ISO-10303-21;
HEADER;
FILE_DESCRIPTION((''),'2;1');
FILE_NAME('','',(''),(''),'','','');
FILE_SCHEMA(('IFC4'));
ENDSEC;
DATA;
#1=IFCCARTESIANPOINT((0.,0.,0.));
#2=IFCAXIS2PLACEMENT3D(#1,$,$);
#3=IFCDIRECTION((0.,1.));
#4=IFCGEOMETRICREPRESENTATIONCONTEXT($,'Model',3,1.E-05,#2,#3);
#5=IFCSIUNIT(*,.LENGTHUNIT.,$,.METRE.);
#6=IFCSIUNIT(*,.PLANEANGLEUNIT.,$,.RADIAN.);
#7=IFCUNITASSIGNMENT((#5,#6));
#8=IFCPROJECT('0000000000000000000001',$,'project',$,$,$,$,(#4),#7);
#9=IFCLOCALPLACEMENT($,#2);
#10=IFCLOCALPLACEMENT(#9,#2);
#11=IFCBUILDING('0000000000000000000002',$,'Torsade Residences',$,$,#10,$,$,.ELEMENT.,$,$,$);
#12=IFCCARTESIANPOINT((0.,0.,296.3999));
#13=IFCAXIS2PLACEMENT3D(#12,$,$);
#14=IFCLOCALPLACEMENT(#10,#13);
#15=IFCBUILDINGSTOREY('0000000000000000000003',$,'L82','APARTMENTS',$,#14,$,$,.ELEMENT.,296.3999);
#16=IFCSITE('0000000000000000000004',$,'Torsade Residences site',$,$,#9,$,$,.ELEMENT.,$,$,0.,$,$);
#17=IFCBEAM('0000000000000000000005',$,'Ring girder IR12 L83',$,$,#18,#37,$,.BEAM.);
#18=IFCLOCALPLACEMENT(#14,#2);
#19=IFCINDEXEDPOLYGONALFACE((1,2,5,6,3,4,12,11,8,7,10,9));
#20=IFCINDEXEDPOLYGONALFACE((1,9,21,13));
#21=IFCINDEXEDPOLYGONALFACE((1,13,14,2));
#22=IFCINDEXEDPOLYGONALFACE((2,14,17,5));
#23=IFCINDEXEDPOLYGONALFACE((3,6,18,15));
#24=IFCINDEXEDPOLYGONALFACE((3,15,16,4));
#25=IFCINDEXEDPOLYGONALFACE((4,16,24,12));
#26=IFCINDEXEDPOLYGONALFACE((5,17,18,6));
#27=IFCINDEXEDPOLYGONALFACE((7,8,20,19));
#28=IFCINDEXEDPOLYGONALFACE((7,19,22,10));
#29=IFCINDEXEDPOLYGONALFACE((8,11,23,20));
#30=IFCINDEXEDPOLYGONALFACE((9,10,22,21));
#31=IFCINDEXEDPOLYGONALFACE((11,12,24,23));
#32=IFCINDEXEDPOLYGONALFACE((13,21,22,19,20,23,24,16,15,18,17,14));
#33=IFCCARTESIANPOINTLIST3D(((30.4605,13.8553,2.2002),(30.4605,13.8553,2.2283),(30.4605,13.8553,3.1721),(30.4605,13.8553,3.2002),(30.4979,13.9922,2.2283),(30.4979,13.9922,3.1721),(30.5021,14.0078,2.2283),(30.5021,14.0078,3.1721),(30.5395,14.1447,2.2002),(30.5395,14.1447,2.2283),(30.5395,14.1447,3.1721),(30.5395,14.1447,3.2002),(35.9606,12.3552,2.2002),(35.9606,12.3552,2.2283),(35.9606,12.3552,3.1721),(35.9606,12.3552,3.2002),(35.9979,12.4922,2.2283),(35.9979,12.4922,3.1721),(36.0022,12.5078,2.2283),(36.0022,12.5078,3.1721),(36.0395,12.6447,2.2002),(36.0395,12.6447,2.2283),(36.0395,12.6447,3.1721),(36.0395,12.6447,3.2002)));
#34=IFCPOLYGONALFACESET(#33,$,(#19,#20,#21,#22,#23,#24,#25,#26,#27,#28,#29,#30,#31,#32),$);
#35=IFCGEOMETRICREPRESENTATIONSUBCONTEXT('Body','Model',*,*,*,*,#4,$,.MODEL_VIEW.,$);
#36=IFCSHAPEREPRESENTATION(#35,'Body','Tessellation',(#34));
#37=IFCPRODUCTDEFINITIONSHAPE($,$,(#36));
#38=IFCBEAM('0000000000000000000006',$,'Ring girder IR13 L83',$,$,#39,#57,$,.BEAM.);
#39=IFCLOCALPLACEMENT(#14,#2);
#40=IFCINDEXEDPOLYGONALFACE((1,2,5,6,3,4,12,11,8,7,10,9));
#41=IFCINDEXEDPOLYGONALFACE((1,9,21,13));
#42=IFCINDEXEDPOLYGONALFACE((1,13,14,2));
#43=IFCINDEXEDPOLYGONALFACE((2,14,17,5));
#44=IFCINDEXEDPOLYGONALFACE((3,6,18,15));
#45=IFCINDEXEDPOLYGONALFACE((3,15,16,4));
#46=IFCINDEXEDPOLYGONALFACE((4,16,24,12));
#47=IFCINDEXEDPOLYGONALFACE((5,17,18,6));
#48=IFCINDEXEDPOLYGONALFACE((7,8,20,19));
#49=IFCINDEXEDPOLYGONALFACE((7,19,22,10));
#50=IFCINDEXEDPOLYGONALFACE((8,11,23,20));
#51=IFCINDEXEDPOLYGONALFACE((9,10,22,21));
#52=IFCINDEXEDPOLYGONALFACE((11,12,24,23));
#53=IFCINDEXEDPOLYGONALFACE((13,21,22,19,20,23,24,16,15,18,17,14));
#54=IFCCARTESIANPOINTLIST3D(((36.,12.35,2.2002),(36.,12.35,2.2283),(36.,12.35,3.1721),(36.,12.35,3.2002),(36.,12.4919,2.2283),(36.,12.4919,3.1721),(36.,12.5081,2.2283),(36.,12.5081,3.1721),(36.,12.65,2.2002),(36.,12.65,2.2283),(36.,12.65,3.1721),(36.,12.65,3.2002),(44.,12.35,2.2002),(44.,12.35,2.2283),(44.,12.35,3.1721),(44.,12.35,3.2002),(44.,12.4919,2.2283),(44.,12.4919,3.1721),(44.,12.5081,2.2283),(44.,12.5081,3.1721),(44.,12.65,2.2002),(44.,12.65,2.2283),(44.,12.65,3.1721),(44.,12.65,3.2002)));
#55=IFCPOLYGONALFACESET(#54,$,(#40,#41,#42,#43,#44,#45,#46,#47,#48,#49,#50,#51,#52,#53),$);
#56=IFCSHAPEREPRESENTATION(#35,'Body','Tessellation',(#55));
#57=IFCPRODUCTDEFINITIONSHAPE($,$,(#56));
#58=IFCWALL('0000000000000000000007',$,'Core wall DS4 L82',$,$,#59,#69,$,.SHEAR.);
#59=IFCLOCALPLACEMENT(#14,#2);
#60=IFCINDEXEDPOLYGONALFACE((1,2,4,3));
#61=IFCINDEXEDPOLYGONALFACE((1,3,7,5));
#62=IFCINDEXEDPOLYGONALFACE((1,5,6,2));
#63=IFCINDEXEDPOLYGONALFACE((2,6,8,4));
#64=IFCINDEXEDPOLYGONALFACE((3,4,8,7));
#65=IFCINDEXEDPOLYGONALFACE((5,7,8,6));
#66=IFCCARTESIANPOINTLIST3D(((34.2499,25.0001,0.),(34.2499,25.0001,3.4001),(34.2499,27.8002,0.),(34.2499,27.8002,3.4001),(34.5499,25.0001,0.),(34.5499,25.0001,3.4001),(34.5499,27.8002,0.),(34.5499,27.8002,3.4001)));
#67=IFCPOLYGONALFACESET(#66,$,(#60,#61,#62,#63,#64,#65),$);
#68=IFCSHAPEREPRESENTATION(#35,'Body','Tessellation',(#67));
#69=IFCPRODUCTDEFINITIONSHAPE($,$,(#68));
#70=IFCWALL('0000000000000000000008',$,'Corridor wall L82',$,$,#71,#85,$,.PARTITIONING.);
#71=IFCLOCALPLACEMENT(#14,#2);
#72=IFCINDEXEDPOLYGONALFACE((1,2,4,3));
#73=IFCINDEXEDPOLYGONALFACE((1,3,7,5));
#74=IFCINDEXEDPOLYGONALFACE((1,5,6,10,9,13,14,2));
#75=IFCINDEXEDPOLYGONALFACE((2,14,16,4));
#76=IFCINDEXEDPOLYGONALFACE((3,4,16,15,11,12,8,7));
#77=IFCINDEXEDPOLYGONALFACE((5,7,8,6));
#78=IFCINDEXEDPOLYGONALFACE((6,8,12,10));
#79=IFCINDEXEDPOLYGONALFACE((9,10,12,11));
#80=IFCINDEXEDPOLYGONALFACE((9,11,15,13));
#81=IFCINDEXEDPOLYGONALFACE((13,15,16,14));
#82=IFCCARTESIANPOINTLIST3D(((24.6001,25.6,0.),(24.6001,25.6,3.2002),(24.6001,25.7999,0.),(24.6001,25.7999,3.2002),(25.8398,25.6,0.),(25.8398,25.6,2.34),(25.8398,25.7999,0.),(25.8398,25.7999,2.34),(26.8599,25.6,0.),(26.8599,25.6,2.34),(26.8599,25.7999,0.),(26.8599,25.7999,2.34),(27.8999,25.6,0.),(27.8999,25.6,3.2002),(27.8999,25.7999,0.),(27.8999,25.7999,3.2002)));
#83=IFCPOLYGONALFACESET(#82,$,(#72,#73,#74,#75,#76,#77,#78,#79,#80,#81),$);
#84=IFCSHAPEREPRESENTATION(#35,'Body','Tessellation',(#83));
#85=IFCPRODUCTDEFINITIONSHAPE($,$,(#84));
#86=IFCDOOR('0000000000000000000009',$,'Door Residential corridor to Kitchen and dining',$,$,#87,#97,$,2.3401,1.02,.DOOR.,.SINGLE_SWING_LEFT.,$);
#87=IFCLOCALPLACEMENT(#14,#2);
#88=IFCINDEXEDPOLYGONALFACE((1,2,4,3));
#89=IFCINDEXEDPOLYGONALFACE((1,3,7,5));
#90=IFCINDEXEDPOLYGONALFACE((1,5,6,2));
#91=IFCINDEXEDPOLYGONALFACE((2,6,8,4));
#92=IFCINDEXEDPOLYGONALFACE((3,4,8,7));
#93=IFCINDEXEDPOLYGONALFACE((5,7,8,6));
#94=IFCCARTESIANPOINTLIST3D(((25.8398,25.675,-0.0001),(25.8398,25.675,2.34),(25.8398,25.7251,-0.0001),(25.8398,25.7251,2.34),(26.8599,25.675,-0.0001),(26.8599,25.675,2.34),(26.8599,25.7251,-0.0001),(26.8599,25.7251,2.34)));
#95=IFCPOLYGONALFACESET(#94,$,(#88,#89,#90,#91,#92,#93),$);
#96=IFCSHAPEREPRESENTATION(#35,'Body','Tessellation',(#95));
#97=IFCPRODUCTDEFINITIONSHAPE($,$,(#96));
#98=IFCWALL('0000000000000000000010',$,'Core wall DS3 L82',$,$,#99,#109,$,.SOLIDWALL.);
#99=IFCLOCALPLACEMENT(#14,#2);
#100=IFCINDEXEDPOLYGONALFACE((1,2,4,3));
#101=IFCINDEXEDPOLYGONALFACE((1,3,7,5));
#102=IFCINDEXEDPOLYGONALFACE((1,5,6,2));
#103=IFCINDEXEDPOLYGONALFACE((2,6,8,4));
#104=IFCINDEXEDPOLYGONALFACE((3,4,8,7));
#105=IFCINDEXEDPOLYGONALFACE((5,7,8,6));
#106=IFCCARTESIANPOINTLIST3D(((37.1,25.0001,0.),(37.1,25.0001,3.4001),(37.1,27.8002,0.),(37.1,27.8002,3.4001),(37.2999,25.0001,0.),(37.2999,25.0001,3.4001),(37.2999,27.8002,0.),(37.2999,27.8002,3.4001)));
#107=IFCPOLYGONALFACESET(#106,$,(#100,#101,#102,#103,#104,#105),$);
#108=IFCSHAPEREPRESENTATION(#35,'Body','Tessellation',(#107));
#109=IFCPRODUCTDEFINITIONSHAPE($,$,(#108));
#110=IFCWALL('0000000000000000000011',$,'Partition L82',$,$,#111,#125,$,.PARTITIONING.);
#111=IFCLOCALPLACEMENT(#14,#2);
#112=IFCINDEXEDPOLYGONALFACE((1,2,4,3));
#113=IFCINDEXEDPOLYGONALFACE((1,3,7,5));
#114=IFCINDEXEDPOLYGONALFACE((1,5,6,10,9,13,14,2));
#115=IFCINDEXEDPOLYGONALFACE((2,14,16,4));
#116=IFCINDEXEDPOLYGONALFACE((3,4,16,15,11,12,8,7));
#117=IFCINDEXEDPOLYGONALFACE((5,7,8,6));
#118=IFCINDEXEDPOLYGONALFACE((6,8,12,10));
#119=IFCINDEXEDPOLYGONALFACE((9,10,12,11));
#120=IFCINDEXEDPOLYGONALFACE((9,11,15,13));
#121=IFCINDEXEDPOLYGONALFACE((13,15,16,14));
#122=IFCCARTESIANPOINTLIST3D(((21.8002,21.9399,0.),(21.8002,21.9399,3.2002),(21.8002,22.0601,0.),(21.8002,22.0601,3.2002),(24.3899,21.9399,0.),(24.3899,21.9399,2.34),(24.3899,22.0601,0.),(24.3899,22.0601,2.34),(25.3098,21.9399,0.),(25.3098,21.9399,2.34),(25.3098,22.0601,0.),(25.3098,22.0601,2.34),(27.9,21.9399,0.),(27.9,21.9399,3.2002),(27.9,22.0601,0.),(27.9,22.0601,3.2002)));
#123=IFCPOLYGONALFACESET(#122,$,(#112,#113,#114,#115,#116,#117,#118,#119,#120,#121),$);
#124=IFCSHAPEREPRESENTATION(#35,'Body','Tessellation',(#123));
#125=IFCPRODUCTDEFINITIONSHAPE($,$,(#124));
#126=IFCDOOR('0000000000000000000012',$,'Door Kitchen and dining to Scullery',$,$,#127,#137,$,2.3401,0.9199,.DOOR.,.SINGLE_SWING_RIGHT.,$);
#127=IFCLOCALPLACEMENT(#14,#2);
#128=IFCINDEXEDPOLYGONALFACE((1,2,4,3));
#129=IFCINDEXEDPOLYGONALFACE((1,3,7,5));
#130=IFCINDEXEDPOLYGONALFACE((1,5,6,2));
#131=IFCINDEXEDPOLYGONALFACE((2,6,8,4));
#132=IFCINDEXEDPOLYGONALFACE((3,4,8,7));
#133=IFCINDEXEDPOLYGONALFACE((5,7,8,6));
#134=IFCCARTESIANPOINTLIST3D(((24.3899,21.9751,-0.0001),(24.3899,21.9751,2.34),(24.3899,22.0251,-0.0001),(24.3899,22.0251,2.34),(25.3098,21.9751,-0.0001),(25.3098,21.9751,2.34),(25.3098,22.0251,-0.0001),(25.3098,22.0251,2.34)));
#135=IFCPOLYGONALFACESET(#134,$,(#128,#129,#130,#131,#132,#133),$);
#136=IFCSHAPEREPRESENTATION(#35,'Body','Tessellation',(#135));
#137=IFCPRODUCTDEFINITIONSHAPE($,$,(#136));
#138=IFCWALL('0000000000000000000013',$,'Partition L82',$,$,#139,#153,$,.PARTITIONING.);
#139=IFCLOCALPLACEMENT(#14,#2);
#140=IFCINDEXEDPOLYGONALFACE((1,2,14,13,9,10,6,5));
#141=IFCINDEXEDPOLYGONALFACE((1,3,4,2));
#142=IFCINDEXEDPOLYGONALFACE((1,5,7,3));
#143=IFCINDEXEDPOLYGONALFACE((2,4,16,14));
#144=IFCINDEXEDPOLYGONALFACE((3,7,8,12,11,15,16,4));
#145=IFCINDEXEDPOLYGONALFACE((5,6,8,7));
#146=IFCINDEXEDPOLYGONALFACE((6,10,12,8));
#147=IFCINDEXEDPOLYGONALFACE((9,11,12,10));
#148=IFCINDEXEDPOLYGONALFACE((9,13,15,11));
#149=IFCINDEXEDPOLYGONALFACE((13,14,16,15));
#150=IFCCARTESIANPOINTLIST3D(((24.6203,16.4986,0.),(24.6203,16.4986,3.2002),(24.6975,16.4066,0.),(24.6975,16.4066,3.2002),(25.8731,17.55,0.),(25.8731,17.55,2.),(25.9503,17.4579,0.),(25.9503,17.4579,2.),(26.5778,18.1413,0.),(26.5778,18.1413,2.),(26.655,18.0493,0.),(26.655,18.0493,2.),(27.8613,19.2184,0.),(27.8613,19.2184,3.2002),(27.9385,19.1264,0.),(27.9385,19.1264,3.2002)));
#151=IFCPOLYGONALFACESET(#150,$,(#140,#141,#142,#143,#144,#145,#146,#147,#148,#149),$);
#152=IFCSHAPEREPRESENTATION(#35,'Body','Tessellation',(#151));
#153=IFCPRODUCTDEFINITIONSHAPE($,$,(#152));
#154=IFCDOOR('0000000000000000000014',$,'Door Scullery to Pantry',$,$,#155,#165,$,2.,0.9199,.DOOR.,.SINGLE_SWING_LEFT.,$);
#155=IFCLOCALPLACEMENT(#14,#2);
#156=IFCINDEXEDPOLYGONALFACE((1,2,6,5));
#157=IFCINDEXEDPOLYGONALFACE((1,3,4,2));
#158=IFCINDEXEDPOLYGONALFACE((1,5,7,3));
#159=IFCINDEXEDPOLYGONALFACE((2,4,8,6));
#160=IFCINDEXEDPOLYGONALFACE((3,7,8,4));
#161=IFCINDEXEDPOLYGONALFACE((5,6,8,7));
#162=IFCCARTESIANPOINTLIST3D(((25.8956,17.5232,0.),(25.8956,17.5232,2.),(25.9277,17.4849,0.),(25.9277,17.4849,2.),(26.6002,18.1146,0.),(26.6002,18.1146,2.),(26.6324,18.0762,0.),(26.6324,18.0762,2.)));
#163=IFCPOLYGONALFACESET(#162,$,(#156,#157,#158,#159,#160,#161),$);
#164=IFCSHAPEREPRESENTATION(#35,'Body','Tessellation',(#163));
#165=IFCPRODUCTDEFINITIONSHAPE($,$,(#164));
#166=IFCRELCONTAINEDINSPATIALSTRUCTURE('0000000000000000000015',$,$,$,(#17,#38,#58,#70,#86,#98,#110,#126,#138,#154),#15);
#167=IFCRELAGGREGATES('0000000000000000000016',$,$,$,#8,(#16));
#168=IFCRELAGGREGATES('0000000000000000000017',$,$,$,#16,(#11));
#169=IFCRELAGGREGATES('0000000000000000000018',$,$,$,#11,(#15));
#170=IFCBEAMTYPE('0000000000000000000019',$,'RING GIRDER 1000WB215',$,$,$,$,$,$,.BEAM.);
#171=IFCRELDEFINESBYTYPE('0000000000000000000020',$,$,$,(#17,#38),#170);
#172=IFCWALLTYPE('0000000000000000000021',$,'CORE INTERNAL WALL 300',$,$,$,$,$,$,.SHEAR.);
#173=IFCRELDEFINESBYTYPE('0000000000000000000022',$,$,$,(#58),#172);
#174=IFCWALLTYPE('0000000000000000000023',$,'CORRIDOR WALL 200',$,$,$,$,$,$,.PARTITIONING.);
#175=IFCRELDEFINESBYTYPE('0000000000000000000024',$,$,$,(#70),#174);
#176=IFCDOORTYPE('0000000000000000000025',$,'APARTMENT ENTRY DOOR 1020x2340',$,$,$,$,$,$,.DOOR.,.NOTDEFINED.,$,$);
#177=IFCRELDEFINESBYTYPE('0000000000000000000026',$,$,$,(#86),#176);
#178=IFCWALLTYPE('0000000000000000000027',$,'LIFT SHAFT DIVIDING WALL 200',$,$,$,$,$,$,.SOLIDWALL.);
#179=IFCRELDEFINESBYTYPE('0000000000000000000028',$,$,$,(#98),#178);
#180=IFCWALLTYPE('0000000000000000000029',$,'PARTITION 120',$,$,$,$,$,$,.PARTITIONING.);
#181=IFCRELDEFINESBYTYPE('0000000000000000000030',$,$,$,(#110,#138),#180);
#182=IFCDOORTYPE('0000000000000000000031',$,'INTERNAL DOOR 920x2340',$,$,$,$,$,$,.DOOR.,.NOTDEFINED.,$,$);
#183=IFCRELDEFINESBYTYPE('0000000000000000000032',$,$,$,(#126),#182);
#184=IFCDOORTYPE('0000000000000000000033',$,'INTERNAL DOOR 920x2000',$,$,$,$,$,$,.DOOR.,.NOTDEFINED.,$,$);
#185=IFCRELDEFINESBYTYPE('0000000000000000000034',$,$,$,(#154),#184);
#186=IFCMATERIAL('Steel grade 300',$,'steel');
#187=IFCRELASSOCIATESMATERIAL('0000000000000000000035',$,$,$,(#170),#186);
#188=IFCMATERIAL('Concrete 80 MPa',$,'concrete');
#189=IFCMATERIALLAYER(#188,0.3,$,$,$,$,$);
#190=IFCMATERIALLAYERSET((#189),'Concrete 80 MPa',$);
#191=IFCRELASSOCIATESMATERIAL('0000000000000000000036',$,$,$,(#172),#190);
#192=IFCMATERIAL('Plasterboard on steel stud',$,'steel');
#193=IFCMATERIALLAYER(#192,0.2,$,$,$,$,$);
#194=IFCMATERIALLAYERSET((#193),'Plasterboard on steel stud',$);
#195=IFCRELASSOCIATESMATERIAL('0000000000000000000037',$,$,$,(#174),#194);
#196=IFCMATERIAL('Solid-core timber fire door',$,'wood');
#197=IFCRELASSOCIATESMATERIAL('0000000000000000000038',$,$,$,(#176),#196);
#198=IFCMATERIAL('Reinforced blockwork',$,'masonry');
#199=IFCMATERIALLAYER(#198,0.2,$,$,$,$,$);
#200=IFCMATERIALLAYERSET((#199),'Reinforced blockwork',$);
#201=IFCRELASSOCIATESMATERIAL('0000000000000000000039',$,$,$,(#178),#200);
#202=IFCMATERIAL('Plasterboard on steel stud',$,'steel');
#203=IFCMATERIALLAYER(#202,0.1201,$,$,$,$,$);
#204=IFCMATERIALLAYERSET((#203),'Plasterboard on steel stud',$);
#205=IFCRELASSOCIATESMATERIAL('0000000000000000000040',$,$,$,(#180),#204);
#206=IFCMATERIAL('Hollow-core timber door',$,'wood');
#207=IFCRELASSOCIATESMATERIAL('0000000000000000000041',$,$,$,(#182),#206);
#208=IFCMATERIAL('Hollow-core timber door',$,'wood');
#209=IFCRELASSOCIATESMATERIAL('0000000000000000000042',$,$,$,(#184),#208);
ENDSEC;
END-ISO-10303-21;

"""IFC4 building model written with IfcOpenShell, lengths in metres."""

from ifc_helpers import new_model, si_unit, direction, frame, frame_2d, origin, origin_2d, place, context, subcontext, project, spatial, rectangle, i_section, extrude, material, layer, layer_set, material_profile, profile_set, type_object, element, fill, save


model = new_model("IFC4")

# Units and contexts
model_context = context("Model", 3, precision=1e-05, world=origin(), true_north=direction((0.0, 1.0)))
body_context = subcontext(model_context, "Body", "Model", "MODEL_VIEW")
ifc_project = project(units=[si_unit("LENGTHUNIT", "METRE"), si_unit("PLANEANGLEUNIT", "RADIAN")], contexts=[model_context])

# Site, building, storey
site_placement = place(None, origin())
site = spatial("IfcSite", under=ifc_project, at=site_placement, Name="Torsade Residences site", CompositionType="ELEMENT", RefElevation=0.0)
building_placement = place(site_placement, origin())
building = spatial("IfcBuilding", under=site, at=building_placement, Name="Torsade Residences", CompositionType="ELEMENT")
storey_placement = place(building_placement, frame((0.0, 0.0, 296.3999)))
storey = spatial("IfcBuildingStorey", under=building, at=storey_placement, Name="L82", Description="APARTMENTS", CompositionType="ELEMENT", Elevation=296.3999)

# Beams
ifc_material_1 = material(Name="Steel grade 300", Category="steel")
ifc_material_profile_1 = material_profile(ifc_material_1, i_section(OverallWidth=0.3, OverallDepth=1.0, WebThickness=0.0161, FlangeThickness=0.0281, at=origin_2d()), Name="1000WB215")
ifc_profile_set_1 = profile_set([ifc_material_profile_1], Name="Steel grade 300")
beam_type_1 = type_object("IfcBeamType", Name="RING GIRDER 1000WB215", PredefinedType="BEAM", material=ifc_profile_set_1)
beam_1_placement = place(storey_placement, frame((30.5, 14.0, 2.7002), z_axis=(0.964764, -0.263117, 0.0), x_axis=(0.263117, 0.964764, 0.0)))
element("IfcBeam", 1, at=beam_1_placement, inside=storey, type_object=beam_type_1, Name="Ring girder IR12 L83", PredefinedType="BEAM", context=body_context, shape_type="SweptSolid", body=[
    extrude(i_section(OverallWidth=0.3, OverallDepth=1.0, WebThickness=0.0161, FlangeThickness=0.0281, at=origin_2d()), origin(), (0.0, 0.0, 1.0), 5.7009),
])
beam_2_placement = place(storey_placement, frame((36.0, 12.5, 2.7002), z_axis=(1.0, 0.0, 0.0), x_axis=(0.0, 1.0, 0.0)))
element("IfcBeam", 2, at=beam_2_placement, inside=storey, type_object=beam_type_1, Name="Ring girder IR13 L83", PredefinedType="BEAM", context=body_context, shape_type="SweptSolid", body=[
    extrude(i_section(OverallWidth=0.3, OverallDepth=1.0, WebThickness=0.0161, FlangeThickness=0.0281, at=origin_2d()), origin(), (0.0, 0.0, 1.0), 8.0),
])

# Wall
ifc_material_2 = material(Name="Concrete 80 MPa", Category="concrete")
ifc_layer_1 = layer(ifc_material_2, 0.3)
ifc_layer_set_1 = layer_set([ifc_layer_1], Name="Concrete 80 MPa")
wall_type_1 = type_object("IfcWallType", Name="CORE INTERNAL WALL 300", PredefinedType="SHEAR", material=ifc_layer_set_1)
wall_1_placement = place(storey_placement, frame((34.3999, 27.8, 0.0), z_axis=(0.0, 0.0, 1.0), x_axis=(0.0, -1.0, 0.0)))
element("IfcWall", 3, at=wall_1_placement, inside=storey, type_object=wall_type_1, Name="Core wall DS4 L82", PredefinedType="SHEAR", context=body_context, shape_type="SweptSolid", body=[
    extrude(rectangle(XDim=2.8, YDim=0.3, at=frame_2d((1.3999, 0.0))), origin(), (0.0, 0.0, 1.0), 3.4001),
])

# Wall, opening, door
ifc_material_3 = material(Name="Plasterboard on steel stud", Category="steel")
ifc_layer_2 = layer(ifc_material_3, 0.2)
ifc_layer_set_2 = layer_set([ifc_layer_2], Name="Plasterboard on steel stud")
wall_type_2 = type_object("IfcWallType", Name="CORRIDOR WALL 200", PredefinedType="PARTITIONING", material=ifc_layer_set_2)
wall_2_placement = place(storey_placement, frame((27.8999, 25.7, 0.0), z_axis=(0.0, 0.0, 1.0), x_axis=(-1.0, 0.0, 0.0)))
wall_2 = element("IfcWall", 4, at=wall_2_placement, inside=storey, type_object=wall_type_2, Name="Corridor wall L82", PredefinedType="PARTITIONING", context=body_context, shape_type="SweptSolid", body=[
    extrude(rectangle(XDim=3.2998, YDim=0.2, at=frame_2d((1.6499, 0.0))), origin(), (0.0, 0.0, 1.0), 3.2002),
])
opening_1_placement = place(wall_2_placement, frame((1.04, 0.0, 0.0)))
opening_1 = element("IfcOpeningElement", 5, at=opening_1_placement, cuts=wall_2, PredefinedType="OPENING", context=body_context, shape_type="SweptSolid", body=[
    extrude(rectangle(XDim=1.02, YDim=2.3401, at=frame_2d((0.51, 1.1699))), frame((0.0, 0.1099, 0.0), z_axis=(0.0, -1.0, 0.0), x_axis=(1.0, 0.0, 0.0)), (0.0, 0.0, 1.0), 0.22),
])
ifc_material_4 = material(Name="Solid-core timber fire door", Category="wood")
door_type_1 = type_object("IfcDoorType", Name="APARTMENT ENTRY DOOR 1020x2340", OperationType="NOTDEFINED", PredefinedType="DOOR", material=ifc_material_4)
door_1_placement = place(opening_1_placement, origin())
door_1 = element("IfcDoor", 6, at=door_1_placement, inside=storey, type_object=door_type_1, Name="Door Residential corridor to Kitchen and dining", OperationType="SINGLE_SWING_LEFT", OverallHeight=2.3401, OverallWidth=1.02, PredefinedType="DOOR", context=body_context, shape_type="SweptSolid", body=[
    extrude(rectangle(XDim=1.02, YDim=2.3401, at=frame_2d((0.51, 1.1699))), frame((0.0, 0.0249, 0.0), z_axis=(0.0, -1.0, 0.0), x_axis=(1.0, 0.0, 0.0)), (0.0, 0.0, 1.0), 0.05),
])
fill(opening_1, door_1)

# Wall
ifc_material_5 = material(Name="Reinforced blockwork", Category="masonry")
ifc_layer_3 = layer(ifc_material_5, 0.2)
ifc_layer_set_3 = layer_set([ifc_layer_3], Name="Reinforced blockwork")
wall_type_3 = type_object("IfcWallType", Name="LIFT SHAFT DIVIDING WALL 200", PredefinedType="SOLIDWALL", material=ifc_layer_set_3)
wall_3_placement = place(storey_placement, frame((37.2, 27.8, 0.0), z_axis=(0.0, 0.0, 1.0), x_axis=(0.0, -1.0, 0.0)))
element("IfcWall", 7, at=wall_3_placement, inside=storey, type_object=wall_type_3, Name="Core wall DS3 L82", PredefinedType="SOLIDWALL", context=body_context, shape_type="SweptSolid", body=[
    extrude(rectangle(XDim=2.8, YDim=0.2, at=frame_2d((1.3999, 0.0))), origin(), (0.0, 0.0, 1.0), 3.4001),
])

# Walls, openings, doors
ifc_material_6 = material(Name="Plasterboard on steel stud", Category="steel")
ifc_layer_4 = layer(ifc_material_6, 0.1201)
ifc_layer_set_4 = layer_set([ifc_layer_4], Name="Plasterboard on steel stud")
wall_type_4 = type_object("IfcWallType", Name="PARTITION 120", PredefinedType="PARTITIONING", material=ifc_layer_set_4)
wall_4_placement = place(storey_placement, frame((27.8999, 22.0, 0.0), z_axis=(0.0, 0.0, 1.0), x_axis=(-1.0, 0.0, 0.0)))
wall_4 = element("IfcWall", 8, at=wall_4_placement, inside=storey, type_object=wall_type_4, Name="Partition L82", PredefinedType="PARTITIONING", context=body_context, shape_type="SweptSolid", body=[
    extrude(rectangle(XDim=6.0999, YDim=0.1201, at=frame_2d((3.0498, 0.0))), origin(), (0.0, 0.0, 1.0), 3.2002),
])
opening_2_placement = place(wall_4_placement, frame((2.5901, 0.0, 0.0)))
opening_2 = element("IfcOpeningElement", 9, at=opening_2_placement, cuts=wall_4, PredefinedType="OPENING", context=body_context, shape_type="SweptSolid", body=[
    extrude(rectangle(XDim=0.9199, YDim=2.3401, at=frame_2d((0.46, 1.1699))), frame((0.0, 0.0701, 0.0), z_axis=(0.0, -1.0, 0.0), x_axis=(1.0, 0.0, 0.0)), (0.0, 0.0, 1.0), 0.1401),
])
ifc_material_7 = material(Name="Hollow-core timber door", Category="wood")
door_type_2 = type_object("IfcDoorType", Name="INTERNAL DOOR 920x2340", OperationType="NOTDEFINED", PredefinedType="DOOR", material=ifc_material_7)
door_2_placement = place(opening_2_placement, origin())
door_2 = element("IfcDoor", 10, at=door_2_placement, inside=storey, type_object=door_type_2, Name="Door Kitchen and dining to Scullery", OperationType="SINGLE_SWING_RIGHT", OverallHeight=2.3401, OverallWidth=0.9199, PredefinedType="DOOR", context=body_context, shape_type="SweptSolid", body=[
    extrude(rectangle(XDim=0.9199, YDim=2.3401, at=frame_2d((0.46, 1.1699))), frame((0.0, 0.0249, 0.0), z_axis=(0.0, -1.0, 0.0), x_axis=(1.0, 0.0, 0.0)), (0.0, 0.0, 1.0), 0.05),
])
fill(opening_2, door_2)
wall_5_placement = place(storey_placement, frame((27.8999, 19.1724, 0.0), z_axis=(0.0, 0.0, 1.0), x_axis=(-0.766017, -0.64282, 0.0)))
wall_5 = element("IfcWall", 11, at=wall_5_placement, inside=storey, type_object=wall_type_4, Name="Partition L82", PredefinedType="PARTITIONING", context=body_context, shape_type="SweptSolid", body=[
    extrude(rectangle(XDim=4.231, YDim=0.1201, at=frame_2d((2.1155, 0.0))), origin(), (0.0, 0.0, 1.0), 3.2002),
])
opening_3_placement = place(wall_5_placement, frame((1.6755, 0.0, 0.0)))
opening_3 = element("IfcOpeningElement", 12, at=opening_3_placement, cuts=wall_5, PredefinedType="OPENING", context=body_context, shape_type="SweptSolid", body=[
    extrude(rectangle(XDim=0.9199, YDim=2.0, at=frame_2d((0.46, 1.0))), frame((0.0, 0.0701, 0.0), z_axis=(0.0, -1.0, 0.0), x_axis=(1.0, 0.0, 0.0)), (0.0, 0.0, 1.0), 0.1401),
])
ifc_material_8 = material(Name="Hollow-core timber door", Category="wood")
door_type_3 = type_object("IfcDoorType", Name="INTERNAL DOOR 920x2000", OperationType="NOTDEFINED", PredefinedType="DOOR", material=ifc_material_8)
door_3_placement = place(opening_3_placement, origin())
door_3 = element("IfcDoor", 13, at=door_3_placement, inside=storey, type_object=door_type_3, Name="Door Scullery to Pantry", OperationType="SINGLE_SWING_LEFT", OverallHeight=2.0, OverallWidth=0.9199, PredefinedType="DOOR", context=body_context, shape_type="SweptSolid", body=[
    extrude(rectangle(XDim=0.9199, YDim=2.0, at=frame_2d((0.46, 1.0))), frame((0.0, 0.0249, 0.0), z_axis=(0.0, -1.0, 0.0), x_axis=(1.0, 0.0, 0.0)), (0.0, 0.0, 1.0), 0.05),
])
fill(opening_3, door_3)

save(model, "model.ifc")
